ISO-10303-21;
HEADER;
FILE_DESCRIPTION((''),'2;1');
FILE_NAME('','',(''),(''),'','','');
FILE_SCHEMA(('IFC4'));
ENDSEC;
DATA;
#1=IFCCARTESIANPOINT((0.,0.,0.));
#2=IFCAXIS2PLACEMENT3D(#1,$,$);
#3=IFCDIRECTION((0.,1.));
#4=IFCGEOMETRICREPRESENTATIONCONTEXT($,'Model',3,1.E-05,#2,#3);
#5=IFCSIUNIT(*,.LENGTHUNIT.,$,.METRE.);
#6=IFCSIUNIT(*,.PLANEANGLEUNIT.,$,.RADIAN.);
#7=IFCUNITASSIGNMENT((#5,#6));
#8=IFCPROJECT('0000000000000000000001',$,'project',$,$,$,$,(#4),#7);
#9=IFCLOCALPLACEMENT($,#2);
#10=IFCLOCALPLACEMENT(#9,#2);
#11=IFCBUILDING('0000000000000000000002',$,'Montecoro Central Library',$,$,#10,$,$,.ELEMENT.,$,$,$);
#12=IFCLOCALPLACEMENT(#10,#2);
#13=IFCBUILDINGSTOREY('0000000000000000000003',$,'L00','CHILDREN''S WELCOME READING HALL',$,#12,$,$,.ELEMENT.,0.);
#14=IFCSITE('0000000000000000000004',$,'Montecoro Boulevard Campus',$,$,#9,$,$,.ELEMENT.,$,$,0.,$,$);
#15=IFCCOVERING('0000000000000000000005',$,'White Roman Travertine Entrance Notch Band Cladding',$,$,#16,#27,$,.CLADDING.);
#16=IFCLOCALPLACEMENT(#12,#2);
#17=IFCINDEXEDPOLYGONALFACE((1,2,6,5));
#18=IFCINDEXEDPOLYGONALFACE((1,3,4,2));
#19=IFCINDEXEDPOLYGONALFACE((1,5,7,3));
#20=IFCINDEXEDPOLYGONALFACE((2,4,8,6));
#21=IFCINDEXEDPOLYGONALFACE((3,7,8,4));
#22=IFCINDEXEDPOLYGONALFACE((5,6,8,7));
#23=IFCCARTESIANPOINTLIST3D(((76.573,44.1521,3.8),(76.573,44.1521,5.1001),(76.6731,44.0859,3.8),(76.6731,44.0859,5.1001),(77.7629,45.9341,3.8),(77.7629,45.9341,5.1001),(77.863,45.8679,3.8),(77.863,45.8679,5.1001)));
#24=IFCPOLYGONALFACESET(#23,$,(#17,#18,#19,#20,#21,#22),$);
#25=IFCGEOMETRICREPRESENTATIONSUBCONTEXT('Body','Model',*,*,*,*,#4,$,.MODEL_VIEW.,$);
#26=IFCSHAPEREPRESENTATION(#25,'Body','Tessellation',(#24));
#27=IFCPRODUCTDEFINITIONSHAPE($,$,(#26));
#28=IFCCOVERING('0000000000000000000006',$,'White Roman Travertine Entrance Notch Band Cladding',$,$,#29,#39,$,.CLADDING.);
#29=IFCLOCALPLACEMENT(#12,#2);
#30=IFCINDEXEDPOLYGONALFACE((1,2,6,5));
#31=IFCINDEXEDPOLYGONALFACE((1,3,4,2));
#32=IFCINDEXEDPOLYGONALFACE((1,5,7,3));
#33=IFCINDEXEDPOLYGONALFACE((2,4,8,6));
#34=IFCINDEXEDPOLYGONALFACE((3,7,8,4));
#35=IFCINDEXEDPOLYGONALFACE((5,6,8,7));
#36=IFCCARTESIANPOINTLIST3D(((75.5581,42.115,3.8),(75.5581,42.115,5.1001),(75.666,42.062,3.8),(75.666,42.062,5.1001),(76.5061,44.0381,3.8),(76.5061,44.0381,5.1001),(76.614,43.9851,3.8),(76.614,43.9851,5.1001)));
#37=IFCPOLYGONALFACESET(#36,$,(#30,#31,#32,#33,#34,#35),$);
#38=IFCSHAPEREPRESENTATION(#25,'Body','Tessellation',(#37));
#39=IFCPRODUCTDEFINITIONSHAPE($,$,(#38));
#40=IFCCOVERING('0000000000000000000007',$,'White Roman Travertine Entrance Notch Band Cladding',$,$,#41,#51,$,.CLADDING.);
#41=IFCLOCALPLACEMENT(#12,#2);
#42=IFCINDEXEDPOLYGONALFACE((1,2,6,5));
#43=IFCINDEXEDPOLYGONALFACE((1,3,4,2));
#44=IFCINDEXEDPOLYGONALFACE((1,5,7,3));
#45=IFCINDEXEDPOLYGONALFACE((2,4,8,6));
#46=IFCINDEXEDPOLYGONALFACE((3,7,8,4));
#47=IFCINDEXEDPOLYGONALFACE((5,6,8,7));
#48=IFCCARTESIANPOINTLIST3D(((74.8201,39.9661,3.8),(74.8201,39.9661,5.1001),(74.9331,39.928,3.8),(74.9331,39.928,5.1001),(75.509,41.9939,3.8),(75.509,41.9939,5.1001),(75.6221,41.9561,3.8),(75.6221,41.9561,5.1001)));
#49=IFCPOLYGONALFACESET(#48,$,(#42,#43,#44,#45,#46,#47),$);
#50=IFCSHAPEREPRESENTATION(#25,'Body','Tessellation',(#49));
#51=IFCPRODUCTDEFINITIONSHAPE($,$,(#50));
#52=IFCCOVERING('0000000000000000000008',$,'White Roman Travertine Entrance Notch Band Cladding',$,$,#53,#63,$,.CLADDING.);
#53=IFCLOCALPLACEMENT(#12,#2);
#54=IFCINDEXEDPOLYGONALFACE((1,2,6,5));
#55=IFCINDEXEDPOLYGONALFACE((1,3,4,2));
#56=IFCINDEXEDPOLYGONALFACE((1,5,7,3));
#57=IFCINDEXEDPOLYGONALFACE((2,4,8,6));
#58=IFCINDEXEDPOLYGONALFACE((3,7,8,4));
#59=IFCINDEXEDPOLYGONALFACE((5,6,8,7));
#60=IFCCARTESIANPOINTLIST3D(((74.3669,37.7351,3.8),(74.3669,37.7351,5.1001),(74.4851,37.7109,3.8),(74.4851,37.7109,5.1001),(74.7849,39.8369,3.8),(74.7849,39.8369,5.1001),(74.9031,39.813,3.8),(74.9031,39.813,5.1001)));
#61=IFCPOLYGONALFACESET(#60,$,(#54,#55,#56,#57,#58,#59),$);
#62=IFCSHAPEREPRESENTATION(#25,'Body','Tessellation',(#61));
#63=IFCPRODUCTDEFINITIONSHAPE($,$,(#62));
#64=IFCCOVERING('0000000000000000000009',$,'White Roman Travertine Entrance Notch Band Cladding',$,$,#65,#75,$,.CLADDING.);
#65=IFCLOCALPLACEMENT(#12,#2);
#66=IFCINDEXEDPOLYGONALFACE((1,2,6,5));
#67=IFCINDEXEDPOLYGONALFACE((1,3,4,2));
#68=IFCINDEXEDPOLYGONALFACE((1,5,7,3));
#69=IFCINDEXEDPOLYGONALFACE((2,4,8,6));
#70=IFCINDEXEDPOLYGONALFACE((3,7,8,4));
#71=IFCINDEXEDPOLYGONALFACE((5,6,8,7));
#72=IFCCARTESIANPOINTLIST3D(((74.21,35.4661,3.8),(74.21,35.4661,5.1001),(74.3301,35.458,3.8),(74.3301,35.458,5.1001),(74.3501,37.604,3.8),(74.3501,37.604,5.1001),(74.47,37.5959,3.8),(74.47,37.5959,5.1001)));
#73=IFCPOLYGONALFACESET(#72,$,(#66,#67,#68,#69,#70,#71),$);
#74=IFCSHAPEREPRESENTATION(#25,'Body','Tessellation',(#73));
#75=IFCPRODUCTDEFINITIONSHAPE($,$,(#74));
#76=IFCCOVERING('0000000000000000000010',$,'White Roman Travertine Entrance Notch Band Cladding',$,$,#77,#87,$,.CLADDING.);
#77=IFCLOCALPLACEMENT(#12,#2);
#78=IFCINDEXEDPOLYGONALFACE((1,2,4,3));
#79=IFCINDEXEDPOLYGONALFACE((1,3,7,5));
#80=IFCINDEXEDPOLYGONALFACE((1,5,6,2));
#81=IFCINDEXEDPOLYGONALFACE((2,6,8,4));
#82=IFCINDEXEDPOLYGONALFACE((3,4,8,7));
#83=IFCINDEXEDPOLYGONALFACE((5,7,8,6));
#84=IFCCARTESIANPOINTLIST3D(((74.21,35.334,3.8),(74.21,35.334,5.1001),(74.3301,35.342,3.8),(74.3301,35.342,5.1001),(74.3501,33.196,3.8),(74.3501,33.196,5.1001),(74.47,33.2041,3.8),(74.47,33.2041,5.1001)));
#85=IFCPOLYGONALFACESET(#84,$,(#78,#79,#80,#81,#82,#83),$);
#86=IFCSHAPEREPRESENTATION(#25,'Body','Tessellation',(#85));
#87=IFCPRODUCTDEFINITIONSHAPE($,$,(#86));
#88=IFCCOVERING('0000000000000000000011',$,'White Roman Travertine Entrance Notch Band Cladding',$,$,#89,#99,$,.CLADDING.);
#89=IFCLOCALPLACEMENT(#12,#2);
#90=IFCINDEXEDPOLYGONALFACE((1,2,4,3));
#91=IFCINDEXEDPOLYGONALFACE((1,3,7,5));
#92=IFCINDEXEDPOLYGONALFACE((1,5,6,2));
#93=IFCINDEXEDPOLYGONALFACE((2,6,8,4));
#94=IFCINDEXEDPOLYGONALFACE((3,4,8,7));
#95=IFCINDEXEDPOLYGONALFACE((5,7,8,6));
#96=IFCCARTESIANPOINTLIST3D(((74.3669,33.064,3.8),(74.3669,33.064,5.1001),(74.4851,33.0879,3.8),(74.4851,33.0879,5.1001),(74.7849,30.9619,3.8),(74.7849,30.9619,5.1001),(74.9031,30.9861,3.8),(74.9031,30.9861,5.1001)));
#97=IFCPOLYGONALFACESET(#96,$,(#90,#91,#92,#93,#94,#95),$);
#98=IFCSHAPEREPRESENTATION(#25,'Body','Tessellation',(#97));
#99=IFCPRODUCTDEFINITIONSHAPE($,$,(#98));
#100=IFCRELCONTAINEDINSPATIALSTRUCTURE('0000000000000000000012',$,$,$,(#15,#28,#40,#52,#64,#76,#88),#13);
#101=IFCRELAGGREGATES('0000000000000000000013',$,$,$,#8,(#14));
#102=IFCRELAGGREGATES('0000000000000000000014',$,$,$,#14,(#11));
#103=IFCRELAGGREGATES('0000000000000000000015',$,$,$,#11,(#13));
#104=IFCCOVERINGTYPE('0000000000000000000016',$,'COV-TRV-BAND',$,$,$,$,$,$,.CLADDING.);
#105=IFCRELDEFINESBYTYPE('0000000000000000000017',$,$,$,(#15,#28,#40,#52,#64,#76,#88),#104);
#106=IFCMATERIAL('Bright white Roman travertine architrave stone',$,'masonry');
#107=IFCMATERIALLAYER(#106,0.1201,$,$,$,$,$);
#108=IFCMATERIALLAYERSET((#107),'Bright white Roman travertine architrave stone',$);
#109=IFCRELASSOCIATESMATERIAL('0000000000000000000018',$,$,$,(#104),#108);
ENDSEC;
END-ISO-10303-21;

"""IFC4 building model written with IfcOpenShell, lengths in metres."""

from ifc_helpers import new_model, si_unit, direction, frame, origin, place, context, subcontext, project, spatial, polyline, outline, extrude, material, layer, layer_set, type_object, element, save


model = new_model("IFC4")

# Units and contexts
model_context = context("Model", 3, precision=1e-05, world=origin(), true_north=direction((0.0, 1.0)))
body_context = subcontext(model_context, "Body", "Model", "MODEL_VIEW")
ifc_project = project(units=[si_unit("LENGTHUNIT", "METRE"), si_unit("PLANEANGLEUNIT", "RADIAN")], contexts=[model_context])

# Site, building, storey
site_placement = place(None, origin())
site = spatial("IfcSite", under=ifc_project, at=site_placement, Name="Montecoro Boulevard Campus", CompositionType="ELEMENT", RefElevation=0.0)
building_placement = place(site_placement, origin())
building = spatial("IfcBuilding", under=site, at=building_placement, Name="Montecoro Central Library", CompositionType="ELEMENT")
storey_placement = place(building_placement, origin())
storey = spatial("IfcBuildingStorey", under=building, at=storey_placement, Name="L00", Description="CHILDREN'S WELCOME READING HALL", CompositionType="ELEMENT", Elevation=0.0)

# Coverings
ifc_material = material(Name="Bright white Roman travertine architrave stone", Category="masonry")
ifc_layer = layer(ifc_material, 0.1201)
ifc_layer_set = layer_set([ifc_layer], Name="Bright white Roman travertine architrave stone")
covering_type = type_object("IfcCoveringType", Name="COV-TRV-BAND", PredefinedType="CLADDING", material=ifc_layer_set)
covering_1_placement = place(storey_placement, frame((0.0, 0.0, 3.8)))
element("IfcCovering", 1, at=covering_1_placement, inside=storey, type_object=covering_type, Name="White Roman Travertine Entrance Notch Band Cladding", PredefinedType="CLADDING", context=body_context, shape_type="SweptSolid", body=[
    extrude(outline(polyline([(77.7629, 45.9341), (76.573, 44.1521), (76.6731, 44.0859), (77.863, 45.8679), (77.7629, 45.9341)])), origin(), (0.0, 0.0, 1.0), 1.3),
])
covering_2_placement = place(storey_placement, frame((0.0, 0.0, 3.8)))
element("IfcCovering", 2, at=covering_2_placement, inside=storey, type_object=covering_type, Name="White Roman Travertine Entrance Notch Band Cladding", PredefinedType="CLADDING", context=body_context, shape_type="SweptSolid", body=[
    extrude(outline(polyline([(76.5061, 44.0381), (75.5581, 42.115), (75.666, 42.062), (76.614, 43.9851), (76.5061, 44.0381)])), origin(), (0.0, 0.0, 1.0), 1.3),
])
covering_3_placement = place(storey_placement, frame((0.0, 0.0, 3.8)))
element("IfcCovering", 3, at=covering_3_placement, inside=storey, type_object=covering_type, Name="White Roman Travertine Entrance Notch Band Cladding", PredefinedType="CLADDING", context=body_context, shape_type="SweptSolid", body=[
    extrude(outline(polyline([(75.509, 41.9939), (74.8201, 39.9661), (74.9331, 39.928), (75.6221, 41.9561), (75.509, 41.9939)])), origin(), (0.0, 0.0, 1.0), 1.3),
])
covering_4_placement = place(storey_placement, frame((0.0, 0.0, 3.8)))
element("IfcCovering", 4, at=covering_4_placement, inside=storey, type_object=covering_type, Name="White Roman Travertine Entrance Notch Band Cladding", PredefinedType="CLADDING", context=body_context, shape_type="SweptSolid", body=[
    extrude(outline(polyline([(74.7849, 39.8369), (74.3669, 37.7351), (74.4851, 37.7109), (74.9031, 39.813), (74.7849, 39.8369)])), origin(), (0.0, 0.0, 1.0), 1.3),
])
covering_5_placement = place(storey_placement, frame((0.0, 0.0, 3.8)))
element("IfcCovering", 5, at=covering_5_placement, inside=storey, type_object=covering_type, Name="White Roman Travertine Entrance Notch Band Cladding", PredefinedType="CLADDING", context=body_context, shape_type="SweptSolid", body=[
    extrude(outline(polyline([(74.3501, 37.604), (74.21, 35.4661), (74.3301, 35.458), (74.47, 37.5959), (74.3501, 37.604)])), origin(), (0.0, 0.0, 1.0), 1.3),
])
covering_6_placement = place(storey_placement, frame((0.0, 0.0, 3.8)))
element("IfcCovering", 6, at=covering_6_placement, inside=storey, type_object=covering_type, Name="White Roman Travertine Entrance Notch Band Cladding", PredefinedType="CLADDING", context=body_context, shape_type="SweptSolid", body=[
    extrude(outline(polyline([(74.21, 35.334), (74.3501, 33.196), (74.47, 33.2041), (74.3301, 35.342), (74.21, 35.334)])), origin(), (0.0, 0.0, 1.0), 1.3),
])
covering_7_placement = place(storey_placement, frame((0.0, 0.0, 3.8)))
element("IfcCovering", 7, at=covering_7_placement, inside=storey, type_object=covering_type, Name="White Roman Travertine Entrance Notch Band Cladding", PredefinedType="CLADDING", context=body_context, shape_type="SweptSolid", body=[
    extrude(outline(polyline([(74.3669, 33.064), (74.7849, 30.9619), (74.9031, 30.9861), (74.4851, 33.0879), (74.3669, 33.064)])), origin(), (0.0, 0.0, 1.0), 1.3),
])

save(model, "model.ifc")
